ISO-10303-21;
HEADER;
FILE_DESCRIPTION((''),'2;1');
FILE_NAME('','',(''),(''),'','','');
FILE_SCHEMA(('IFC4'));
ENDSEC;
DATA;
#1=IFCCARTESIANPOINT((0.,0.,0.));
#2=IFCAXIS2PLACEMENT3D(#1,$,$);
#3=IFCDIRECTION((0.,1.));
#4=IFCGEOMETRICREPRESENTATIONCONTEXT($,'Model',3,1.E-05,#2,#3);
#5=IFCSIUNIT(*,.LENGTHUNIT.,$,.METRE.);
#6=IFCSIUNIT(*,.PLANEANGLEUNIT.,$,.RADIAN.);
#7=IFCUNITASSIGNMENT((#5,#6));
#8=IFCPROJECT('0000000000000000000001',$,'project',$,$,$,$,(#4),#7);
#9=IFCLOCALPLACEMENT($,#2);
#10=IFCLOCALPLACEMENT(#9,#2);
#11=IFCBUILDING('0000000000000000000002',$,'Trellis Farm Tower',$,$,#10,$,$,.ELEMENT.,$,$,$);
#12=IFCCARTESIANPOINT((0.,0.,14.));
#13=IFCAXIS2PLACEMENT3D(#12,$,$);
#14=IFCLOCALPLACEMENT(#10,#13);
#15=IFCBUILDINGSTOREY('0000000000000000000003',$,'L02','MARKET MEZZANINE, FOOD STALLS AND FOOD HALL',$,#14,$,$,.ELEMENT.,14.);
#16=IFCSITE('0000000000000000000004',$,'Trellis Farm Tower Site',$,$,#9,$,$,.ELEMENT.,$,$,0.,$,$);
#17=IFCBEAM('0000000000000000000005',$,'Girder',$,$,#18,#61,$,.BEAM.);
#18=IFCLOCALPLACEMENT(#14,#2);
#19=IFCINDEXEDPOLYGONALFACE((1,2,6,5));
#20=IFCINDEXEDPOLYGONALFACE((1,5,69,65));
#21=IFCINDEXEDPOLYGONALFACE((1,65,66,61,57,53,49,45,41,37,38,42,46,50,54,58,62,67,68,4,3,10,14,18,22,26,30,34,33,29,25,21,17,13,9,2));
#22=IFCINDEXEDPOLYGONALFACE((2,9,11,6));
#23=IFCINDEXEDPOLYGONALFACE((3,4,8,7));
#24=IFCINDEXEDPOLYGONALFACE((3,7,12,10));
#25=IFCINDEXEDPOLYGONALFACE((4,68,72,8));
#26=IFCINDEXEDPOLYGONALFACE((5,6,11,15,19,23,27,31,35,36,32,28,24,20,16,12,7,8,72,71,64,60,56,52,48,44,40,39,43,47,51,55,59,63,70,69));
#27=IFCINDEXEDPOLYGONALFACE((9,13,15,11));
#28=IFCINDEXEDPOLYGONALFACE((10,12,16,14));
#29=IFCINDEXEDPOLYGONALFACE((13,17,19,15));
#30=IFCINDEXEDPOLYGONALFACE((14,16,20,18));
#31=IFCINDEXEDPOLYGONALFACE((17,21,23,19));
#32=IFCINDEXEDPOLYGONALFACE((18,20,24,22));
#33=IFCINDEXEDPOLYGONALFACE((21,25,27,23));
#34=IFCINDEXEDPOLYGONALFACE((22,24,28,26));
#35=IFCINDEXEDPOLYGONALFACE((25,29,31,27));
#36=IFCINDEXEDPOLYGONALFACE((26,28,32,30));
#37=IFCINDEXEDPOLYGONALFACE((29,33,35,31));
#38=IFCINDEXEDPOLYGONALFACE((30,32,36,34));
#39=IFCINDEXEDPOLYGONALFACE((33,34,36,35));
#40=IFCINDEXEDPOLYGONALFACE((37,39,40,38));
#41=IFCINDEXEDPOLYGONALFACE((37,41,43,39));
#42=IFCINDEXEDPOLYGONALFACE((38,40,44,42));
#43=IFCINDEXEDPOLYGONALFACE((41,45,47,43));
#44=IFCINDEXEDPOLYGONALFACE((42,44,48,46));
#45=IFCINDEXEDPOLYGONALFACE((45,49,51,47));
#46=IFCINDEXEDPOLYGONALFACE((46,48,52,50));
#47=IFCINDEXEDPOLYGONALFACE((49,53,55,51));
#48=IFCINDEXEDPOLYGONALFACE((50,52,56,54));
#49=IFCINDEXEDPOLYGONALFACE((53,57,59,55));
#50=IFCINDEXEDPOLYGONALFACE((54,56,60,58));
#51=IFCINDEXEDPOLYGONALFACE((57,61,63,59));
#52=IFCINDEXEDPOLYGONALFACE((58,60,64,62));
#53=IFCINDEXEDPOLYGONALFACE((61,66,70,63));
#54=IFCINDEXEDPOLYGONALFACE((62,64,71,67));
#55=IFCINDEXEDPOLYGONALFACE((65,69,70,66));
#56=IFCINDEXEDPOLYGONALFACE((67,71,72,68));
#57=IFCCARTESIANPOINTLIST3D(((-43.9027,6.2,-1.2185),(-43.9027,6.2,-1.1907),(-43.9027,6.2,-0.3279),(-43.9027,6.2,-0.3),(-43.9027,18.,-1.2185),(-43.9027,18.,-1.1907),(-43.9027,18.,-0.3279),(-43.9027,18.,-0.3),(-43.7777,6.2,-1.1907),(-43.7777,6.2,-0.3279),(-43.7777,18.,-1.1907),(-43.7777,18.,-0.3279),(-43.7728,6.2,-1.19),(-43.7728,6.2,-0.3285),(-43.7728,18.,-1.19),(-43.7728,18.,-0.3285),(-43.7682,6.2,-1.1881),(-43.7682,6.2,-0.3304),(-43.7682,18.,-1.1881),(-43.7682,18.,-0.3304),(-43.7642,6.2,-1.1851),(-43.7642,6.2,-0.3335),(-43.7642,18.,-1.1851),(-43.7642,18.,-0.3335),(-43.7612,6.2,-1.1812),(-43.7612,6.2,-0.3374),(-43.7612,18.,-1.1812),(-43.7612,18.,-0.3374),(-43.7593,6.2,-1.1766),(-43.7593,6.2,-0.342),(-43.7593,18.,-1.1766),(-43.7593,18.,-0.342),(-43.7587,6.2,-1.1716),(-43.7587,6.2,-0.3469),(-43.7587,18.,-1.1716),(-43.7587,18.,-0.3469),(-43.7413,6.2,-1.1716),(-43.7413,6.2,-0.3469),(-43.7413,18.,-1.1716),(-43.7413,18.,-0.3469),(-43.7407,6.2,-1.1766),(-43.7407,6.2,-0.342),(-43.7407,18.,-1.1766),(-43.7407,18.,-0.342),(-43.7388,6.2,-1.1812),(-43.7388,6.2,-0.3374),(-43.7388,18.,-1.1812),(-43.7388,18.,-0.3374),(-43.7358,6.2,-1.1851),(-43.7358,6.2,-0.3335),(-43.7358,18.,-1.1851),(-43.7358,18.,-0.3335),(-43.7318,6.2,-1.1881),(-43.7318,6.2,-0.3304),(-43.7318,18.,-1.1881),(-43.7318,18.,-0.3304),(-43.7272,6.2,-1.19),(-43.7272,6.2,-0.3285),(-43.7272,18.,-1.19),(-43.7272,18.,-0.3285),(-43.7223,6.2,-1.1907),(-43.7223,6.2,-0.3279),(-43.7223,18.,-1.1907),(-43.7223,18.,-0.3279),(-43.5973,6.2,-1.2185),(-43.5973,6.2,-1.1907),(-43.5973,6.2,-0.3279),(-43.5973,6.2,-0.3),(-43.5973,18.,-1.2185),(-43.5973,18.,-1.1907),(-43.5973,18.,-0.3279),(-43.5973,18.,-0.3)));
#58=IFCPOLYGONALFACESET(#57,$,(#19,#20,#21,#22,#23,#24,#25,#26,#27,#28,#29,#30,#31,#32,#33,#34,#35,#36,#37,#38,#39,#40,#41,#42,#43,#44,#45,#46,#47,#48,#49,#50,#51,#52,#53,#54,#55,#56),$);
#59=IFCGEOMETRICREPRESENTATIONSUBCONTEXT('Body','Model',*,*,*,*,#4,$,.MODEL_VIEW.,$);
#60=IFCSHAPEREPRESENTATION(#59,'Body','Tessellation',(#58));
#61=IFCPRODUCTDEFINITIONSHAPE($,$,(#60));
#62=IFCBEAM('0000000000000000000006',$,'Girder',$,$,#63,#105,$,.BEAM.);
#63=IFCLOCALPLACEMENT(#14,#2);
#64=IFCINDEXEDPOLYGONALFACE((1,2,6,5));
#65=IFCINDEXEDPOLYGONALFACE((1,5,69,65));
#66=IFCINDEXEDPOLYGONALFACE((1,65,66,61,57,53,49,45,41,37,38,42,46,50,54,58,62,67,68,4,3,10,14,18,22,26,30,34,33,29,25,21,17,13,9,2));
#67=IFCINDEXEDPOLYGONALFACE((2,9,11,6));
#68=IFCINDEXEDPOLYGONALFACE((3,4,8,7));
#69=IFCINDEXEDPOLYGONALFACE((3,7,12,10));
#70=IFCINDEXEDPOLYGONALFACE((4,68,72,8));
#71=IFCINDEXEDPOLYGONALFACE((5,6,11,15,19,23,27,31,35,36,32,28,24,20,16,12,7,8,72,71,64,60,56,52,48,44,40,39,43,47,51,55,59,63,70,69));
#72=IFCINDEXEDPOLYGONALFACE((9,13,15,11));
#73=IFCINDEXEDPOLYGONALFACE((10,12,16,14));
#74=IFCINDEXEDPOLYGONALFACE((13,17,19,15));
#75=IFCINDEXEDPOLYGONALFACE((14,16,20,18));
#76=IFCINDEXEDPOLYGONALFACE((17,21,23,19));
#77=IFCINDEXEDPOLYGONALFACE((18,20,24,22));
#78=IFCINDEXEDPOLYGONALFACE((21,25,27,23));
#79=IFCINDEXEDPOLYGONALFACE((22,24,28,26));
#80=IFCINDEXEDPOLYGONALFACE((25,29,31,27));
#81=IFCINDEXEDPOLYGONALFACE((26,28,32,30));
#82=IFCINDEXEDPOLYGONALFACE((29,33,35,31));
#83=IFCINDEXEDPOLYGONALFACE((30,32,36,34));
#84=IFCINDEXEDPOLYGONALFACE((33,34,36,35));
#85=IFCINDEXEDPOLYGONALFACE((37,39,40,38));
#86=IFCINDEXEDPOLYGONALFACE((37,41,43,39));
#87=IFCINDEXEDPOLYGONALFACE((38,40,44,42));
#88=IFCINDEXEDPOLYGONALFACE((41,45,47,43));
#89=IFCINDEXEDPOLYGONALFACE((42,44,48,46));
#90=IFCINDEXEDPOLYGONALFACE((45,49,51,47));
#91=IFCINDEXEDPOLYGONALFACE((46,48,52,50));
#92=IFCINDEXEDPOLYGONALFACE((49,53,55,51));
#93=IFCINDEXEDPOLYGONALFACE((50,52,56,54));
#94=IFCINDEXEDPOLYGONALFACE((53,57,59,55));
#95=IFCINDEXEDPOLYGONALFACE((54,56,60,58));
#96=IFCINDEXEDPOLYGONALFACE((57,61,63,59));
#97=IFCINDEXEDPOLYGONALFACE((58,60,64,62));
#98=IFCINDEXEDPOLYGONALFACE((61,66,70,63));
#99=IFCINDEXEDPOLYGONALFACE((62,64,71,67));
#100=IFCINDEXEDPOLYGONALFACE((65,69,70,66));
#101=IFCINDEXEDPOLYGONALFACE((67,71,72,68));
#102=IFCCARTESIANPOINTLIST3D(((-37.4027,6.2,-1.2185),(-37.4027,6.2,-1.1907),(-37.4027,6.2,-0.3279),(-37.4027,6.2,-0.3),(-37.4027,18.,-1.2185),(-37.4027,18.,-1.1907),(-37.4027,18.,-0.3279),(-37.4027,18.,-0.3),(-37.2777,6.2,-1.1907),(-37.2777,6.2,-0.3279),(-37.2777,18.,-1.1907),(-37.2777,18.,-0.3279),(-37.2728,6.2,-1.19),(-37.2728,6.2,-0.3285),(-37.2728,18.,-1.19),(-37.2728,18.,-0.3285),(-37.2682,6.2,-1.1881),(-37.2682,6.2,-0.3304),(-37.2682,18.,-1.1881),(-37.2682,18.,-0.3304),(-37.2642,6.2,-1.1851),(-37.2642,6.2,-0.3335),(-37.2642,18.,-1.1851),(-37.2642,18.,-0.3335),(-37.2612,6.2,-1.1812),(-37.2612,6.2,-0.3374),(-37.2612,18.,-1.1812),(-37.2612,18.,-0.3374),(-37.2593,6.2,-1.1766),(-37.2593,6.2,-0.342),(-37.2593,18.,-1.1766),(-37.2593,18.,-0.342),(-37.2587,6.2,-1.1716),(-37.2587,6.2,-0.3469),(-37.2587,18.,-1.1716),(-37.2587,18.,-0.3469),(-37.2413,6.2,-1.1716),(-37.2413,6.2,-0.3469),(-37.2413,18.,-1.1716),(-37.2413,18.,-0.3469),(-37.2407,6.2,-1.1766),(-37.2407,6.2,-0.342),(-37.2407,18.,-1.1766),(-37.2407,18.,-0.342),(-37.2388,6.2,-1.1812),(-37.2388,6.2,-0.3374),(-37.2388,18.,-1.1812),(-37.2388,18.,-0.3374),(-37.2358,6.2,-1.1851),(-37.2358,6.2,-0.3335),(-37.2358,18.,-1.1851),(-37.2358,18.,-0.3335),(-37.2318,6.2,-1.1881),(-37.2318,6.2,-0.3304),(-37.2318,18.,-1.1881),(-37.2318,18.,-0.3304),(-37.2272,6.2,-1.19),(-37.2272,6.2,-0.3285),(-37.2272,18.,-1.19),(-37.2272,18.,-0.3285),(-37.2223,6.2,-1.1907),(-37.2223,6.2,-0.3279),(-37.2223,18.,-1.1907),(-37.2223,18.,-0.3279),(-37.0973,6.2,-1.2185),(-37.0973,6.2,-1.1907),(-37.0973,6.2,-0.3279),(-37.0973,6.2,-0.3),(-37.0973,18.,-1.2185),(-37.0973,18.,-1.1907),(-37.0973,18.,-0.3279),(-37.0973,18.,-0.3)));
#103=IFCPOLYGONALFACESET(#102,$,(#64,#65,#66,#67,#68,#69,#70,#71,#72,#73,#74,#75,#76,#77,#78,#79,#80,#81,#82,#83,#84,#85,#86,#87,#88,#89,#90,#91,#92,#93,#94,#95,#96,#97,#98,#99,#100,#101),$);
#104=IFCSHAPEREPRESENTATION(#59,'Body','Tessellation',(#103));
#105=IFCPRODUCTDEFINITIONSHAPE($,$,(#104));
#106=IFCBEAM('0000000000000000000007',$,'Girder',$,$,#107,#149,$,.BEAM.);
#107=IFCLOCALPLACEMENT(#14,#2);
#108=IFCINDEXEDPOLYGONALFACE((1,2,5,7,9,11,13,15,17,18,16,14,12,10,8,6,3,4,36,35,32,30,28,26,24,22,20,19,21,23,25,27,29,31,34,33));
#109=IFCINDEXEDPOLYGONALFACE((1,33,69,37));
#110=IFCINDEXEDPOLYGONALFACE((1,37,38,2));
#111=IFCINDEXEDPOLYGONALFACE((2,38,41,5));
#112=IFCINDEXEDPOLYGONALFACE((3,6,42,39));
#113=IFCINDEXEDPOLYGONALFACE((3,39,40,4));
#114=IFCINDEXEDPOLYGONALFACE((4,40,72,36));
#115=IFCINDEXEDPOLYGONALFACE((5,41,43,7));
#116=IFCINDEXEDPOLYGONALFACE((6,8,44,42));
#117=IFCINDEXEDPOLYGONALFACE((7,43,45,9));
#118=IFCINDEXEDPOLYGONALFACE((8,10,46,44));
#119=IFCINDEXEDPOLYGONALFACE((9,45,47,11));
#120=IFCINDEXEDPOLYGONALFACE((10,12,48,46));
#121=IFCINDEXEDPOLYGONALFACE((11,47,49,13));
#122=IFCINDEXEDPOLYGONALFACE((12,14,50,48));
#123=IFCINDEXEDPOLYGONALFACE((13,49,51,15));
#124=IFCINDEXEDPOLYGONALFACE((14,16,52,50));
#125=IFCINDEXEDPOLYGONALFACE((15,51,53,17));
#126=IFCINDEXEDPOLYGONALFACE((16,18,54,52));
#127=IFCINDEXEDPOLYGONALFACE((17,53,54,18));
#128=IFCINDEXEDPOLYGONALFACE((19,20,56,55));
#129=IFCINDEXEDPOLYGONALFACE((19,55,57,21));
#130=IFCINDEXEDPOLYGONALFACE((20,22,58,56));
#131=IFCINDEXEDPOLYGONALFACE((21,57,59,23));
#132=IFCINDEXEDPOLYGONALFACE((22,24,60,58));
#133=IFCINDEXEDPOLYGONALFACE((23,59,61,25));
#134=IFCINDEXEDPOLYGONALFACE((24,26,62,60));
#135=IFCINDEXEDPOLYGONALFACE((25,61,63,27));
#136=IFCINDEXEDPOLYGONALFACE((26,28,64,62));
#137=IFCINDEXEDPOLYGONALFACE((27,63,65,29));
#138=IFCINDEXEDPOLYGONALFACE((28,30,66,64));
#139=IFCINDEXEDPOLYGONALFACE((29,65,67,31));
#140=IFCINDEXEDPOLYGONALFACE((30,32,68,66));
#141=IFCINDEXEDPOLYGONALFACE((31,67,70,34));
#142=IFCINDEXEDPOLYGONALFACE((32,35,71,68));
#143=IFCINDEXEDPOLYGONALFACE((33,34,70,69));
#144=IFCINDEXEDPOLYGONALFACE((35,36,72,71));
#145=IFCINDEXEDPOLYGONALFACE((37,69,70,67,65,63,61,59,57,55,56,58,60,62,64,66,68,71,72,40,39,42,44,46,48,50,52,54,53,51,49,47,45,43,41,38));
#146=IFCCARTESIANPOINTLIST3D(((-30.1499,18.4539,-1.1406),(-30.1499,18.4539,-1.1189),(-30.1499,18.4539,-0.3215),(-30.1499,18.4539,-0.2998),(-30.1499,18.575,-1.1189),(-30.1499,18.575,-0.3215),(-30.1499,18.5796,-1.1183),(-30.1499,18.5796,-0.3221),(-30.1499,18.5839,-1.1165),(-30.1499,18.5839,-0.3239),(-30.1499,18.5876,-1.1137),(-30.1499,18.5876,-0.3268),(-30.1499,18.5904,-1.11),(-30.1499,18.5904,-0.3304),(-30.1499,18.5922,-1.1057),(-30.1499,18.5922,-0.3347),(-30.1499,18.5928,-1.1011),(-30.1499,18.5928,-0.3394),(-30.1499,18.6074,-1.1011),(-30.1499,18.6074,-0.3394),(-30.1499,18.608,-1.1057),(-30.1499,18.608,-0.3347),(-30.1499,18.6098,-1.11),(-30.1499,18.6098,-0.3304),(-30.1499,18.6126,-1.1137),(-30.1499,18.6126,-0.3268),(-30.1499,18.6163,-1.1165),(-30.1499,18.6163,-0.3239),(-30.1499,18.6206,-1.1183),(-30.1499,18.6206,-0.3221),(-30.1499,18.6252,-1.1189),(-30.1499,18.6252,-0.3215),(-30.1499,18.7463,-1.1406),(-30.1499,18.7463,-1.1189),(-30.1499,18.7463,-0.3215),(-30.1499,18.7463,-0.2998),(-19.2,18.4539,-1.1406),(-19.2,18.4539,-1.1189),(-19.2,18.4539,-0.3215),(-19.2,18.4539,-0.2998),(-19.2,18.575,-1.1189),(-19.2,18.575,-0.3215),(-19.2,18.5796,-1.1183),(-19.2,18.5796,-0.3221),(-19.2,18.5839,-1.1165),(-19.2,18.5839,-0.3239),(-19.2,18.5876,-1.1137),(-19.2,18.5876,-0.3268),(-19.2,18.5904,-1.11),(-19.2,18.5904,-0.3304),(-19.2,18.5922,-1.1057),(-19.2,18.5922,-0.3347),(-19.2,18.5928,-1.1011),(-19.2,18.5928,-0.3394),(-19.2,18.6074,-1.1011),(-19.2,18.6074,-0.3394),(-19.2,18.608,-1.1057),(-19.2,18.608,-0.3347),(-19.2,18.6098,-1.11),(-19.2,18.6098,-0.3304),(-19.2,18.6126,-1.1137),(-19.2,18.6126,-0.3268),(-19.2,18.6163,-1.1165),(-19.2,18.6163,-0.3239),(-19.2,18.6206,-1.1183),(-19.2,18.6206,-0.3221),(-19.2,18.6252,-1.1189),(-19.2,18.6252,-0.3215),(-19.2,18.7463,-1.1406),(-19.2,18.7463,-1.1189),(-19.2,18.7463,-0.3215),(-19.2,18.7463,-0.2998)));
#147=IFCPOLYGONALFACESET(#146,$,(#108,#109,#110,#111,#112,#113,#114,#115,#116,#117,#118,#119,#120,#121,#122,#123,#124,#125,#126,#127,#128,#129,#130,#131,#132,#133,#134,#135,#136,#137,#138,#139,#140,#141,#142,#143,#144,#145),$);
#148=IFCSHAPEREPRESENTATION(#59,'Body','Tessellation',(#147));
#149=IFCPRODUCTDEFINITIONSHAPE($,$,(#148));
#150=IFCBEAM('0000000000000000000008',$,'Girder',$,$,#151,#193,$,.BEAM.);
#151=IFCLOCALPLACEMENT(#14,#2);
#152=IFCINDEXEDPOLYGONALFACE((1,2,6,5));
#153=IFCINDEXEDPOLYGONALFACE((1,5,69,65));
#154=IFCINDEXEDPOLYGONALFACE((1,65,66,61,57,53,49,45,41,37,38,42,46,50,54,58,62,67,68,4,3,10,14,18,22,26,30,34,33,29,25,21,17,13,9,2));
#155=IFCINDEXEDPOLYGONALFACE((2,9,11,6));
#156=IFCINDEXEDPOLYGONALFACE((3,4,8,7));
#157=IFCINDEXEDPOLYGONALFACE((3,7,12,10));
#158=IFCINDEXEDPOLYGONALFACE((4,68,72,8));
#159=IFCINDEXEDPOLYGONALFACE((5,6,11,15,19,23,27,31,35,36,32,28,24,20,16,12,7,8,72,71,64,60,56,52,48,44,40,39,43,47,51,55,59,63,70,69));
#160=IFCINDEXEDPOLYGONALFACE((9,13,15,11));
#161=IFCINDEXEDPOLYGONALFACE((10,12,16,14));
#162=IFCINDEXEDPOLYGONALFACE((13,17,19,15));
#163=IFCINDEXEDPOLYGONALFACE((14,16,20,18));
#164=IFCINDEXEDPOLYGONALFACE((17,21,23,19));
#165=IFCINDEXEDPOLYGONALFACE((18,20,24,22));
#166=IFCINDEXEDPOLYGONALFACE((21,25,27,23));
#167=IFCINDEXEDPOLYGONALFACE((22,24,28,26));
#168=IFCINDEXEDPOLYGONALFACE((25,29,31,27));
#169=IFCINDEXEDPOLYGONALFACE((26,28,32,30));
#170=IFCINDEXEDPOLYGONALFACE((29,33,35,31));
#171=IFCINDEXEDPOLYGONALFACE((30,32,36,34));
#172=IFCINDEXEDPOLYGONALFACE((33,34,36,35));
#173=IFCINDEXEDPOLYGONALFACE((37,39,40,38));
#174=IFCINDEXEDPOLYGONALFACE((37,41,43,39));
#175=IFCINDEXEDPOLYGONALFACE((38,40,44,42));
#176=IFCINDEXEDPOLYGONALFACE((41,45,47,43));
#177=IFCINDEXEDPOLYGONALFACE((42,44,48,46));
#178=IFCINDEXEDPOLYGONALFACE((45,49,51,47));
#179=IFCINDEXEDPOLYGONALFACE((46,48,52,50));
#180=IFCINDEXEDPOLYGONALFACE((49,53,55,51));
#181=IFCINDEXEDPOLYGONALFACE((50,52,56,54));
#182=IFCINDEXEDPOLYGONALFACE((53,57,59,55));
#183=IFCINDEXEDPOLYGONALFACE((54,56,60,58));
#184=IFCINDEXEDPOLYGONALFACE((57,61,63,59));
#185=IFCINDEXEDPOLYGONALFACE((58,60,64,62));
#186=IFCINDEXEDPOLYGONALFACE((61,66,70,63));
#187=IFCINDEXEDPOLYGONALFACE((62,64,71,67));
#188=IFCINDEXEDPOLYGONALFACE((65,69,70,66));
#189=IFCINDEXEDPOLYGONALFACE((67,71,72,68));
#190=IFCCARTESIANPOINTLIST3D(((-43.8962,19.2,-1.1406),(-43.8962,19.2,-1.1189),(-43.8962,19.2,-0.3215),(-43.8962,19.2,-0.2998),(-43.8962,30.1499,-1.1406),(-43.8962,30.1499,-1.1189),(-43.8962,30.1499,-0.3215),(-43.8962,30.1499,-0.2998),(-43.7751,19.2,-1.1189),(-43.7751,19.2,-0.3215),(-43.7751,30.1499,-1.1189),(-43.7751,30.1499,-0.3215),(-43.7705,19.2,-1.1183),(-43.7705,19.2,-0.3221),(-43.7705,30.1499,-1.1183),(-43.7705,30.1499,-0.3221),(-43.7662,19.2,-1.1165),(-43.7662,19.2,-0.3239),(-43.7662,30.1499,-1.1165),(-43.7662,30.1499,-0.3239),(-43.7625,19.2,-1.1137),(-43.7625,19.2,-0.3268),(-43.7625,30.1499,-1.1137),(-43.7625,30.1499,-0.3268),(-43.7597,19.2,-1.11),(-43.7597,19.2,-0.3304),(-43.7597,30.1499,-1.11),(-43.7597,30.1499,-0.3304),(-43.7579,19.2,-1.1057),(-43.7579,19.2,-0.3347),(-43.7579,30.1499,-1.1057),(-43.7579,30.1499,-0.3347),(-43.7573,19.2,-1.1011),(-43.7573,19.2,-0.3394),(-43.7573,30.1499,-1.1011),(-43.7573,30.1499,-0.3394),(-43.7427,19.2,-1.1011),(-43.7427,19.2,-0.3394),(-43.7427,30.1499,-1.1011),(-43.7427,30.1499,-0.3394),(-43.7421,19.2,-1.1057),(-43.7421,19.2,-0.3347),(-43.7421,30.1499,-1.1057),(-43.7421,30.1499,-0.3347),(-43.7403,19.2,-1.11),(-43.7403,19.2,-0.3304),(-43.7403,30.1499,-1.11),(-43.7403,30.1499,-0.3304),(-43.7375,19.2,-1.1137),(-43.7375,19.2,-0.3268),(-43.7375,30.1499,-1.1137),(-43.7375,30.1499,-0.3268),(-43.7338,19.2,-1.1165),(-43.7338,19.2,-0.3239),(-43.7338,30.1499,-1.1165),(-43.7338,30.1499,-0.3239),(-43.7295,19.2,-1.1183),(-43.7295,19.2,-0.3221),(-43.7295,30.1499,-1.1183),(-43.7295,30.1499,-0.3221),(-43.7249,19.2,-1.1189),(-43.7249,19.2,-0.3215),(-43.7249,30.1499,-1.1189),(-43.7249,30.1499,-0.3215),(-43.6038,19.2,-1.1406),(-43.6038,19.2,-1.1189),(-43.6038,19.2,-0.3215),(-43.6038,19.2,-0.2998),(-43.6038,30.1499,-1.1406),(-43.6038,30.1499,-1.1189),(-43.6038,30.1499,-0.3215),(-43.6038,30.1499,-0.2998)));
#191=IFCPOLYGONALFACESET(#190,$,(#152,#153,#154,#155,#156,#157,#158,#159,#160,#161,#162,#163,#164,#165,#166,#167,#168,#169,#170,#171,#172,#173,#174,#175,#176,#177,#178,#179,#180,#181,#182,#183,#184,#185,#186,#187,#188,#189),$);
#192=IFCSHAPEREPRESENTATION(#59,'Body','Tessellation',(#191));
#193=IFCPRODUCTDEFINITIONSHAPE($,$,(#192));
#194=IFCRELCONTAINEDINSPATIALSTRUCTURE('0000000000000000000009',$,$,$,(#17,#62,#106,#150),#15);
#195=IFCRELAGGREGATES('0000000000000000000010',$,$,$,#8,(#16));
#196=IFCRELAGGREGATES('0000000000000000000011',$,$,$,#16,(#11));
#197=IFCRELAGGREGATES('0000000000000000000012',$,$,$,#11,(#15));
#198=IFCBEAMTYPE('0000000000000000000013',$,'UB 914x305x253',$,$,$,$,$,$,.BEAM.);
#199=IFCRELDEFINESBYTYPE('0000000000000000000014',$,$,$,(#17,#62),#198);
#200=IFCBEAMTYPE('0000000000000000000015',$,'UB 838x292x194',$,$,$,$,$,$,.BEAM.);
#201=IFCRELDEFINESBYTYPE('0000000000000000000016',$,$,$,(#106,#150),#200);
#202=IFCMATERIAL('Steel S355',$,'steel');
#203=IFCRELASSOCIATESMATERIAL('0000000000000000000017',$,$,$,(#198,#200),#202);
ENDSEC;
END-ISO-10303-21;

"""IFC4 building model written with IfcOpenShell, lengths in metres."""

from ifc_helpers import new_model, si_unit, direction, frame, origin, origin_2d, place, context, subcontext, project, spatial, i_section, extrude, source, transform, mapped, material, material_profile, profile_set, type_object, element, save


model = new_model("IFC4")

# Units and contexts
model_context = context("Model", 3, precision=1e-05, world=origin(), true_north=direction((0.0, 1.0)))
body_context = subcontext(model_context, "Body", "Model", "MODEL_VIEW")
ifc_project = project(units=[si_unit("LENGTHUNIT", "METRE"), si_unit("PLANEANGLEUNIT", "RADIAN")], contexts=[model_context])

# Site, building, storey
site_placement = place(None, origin())
site = spatial("IfcSite", under=ifc_project, at=site_placement, Name="Trellis Farm Tower Site", CompositionType="ELEMENT", RefElevation=0.0)
building_placement = place(site_placement, origin())
building = spatial("IfcBuilding", under=site, at=building_placement, Name="Trellis Farm Tower", CompositionType="ELEMENT")
storey_placement = place(building_placement, frame((0.0, 0.0, 14.0)))
storey = spatial("IfcBuildingStorey", under=building, at=storey_placement, Name="L02", Description="MARKET MEZZANINE, FOOD STALLS AND FOOD HALL", CompositionType="ELEMENT", Elevation=14.0)

# Beams
ifc_material_1 = material(Name="Steel S355", Category="steel")
ifc_material_profile_1 = material_profile(ifc_material_1, i_section(OverallWidth=0.3054, OverallDepth=0.9185, WebThickness=0.0173, FlangeThickness=0.0278, FilletRadius=0.019, at=origin_2d()), Name="UB 914x305x253")
ifc_profile_set_1 = profile_set([ifc_material_profile_1], Name="Steel S355")
beam_type_1 = type_object("IfcBeamType", Name="UB 914x305x253", PredefinedType="BEAM", material=ifc_profile_set_1)
shared_shape_1 = source(origin(), body_context, "Body", "SweptSolid", [
    extrude(i_section(OverallWidth=0.3054, OverallDepth=0.9185, WebThickness=0.0173, FlangeThickness=0.0278, FilletRadius=0.019, at=origin_2d()), origin(), (0.0, 0.0, 1.0), 11.8),
])
for number, where, z_axis, x_axis, name in (
    (1, (-43.75, 6.2, -0.7593), (0.0, 1.0, 0.0), (-1.0, 0.0, 0.0), "Girder"),
    (2, (-37.25, 6.2, -0.7593), (0.0, 1.0, 0.0), (-1.0, 0.0, 0.0), "Girder"),
):
    element("IfcBeam", number, at=place(storey_placement, frame(where, z_axis=z_axis, x_axis=x_axis)), inside=storey, type_object=beam_type_1, Name=name, PredefinedType="BEAM", context=body_context, shape_type="MappedRepresentation", body=[
        mapped(shared_shape_1, transform((0.0, 0.0, 0.0))),
    ])
ifc_material_profile_2 = material_profile(ifc_material_1, i_section(OverallWidth=0.2925, OverallDepth=0.8408, WebThickness=0.0146, FlangeThickness=0.0217, FilletRadius=0.0178, at=origin_2d()), Name="UB 838x292x194")
ifc_profile_set_2 = profile_set([ifc_material_profile_2], Name="Steel S355")
beam_type_2 = type_object("IfcBeamType", Name="UB 838x292x194", PredefinedType="BEAM", material=ifc_profile_set_2)
shared_shape_2 = source(origin(), body_context, "Body", "SweptSolid", [
    extrude(i_section(OverallWidth=0.2925, OverallDepth=0.8408, WebThickness=0.0146, FlangeThickness=0.0217, FilletRadius=0.0178, at=origin_2d()), origin(), (0.0, 0.0, 1.0), 10.95),
])
for number, where, z_axis, x_axis, name in (
    (3, (-30.1499, 18.6001, -0.7202), (1.0, 0.0, 0.0), (0.0, 1.0, 0.0), "Girder"),
    (4, (-43.75, 19.2, -0.7202), (0.0, 1.0, 0.0), (-1.0, 0.0, 0.0), "Girder"),
):
    element("IfcBeam", number, at=place(storey_placement, frame(where, z_axis=z_axis, x_axis=x_axis)), inside=storey, type_object=beam_type_2, Name=name, PredefinedType="BEAM", context=body_context, shape_type="MappedRepresentation", body=[
        mapped(shared_shape_2, transform((0.0, 0.0, 0.0))),
    ])

save(model, "model.ifc")
